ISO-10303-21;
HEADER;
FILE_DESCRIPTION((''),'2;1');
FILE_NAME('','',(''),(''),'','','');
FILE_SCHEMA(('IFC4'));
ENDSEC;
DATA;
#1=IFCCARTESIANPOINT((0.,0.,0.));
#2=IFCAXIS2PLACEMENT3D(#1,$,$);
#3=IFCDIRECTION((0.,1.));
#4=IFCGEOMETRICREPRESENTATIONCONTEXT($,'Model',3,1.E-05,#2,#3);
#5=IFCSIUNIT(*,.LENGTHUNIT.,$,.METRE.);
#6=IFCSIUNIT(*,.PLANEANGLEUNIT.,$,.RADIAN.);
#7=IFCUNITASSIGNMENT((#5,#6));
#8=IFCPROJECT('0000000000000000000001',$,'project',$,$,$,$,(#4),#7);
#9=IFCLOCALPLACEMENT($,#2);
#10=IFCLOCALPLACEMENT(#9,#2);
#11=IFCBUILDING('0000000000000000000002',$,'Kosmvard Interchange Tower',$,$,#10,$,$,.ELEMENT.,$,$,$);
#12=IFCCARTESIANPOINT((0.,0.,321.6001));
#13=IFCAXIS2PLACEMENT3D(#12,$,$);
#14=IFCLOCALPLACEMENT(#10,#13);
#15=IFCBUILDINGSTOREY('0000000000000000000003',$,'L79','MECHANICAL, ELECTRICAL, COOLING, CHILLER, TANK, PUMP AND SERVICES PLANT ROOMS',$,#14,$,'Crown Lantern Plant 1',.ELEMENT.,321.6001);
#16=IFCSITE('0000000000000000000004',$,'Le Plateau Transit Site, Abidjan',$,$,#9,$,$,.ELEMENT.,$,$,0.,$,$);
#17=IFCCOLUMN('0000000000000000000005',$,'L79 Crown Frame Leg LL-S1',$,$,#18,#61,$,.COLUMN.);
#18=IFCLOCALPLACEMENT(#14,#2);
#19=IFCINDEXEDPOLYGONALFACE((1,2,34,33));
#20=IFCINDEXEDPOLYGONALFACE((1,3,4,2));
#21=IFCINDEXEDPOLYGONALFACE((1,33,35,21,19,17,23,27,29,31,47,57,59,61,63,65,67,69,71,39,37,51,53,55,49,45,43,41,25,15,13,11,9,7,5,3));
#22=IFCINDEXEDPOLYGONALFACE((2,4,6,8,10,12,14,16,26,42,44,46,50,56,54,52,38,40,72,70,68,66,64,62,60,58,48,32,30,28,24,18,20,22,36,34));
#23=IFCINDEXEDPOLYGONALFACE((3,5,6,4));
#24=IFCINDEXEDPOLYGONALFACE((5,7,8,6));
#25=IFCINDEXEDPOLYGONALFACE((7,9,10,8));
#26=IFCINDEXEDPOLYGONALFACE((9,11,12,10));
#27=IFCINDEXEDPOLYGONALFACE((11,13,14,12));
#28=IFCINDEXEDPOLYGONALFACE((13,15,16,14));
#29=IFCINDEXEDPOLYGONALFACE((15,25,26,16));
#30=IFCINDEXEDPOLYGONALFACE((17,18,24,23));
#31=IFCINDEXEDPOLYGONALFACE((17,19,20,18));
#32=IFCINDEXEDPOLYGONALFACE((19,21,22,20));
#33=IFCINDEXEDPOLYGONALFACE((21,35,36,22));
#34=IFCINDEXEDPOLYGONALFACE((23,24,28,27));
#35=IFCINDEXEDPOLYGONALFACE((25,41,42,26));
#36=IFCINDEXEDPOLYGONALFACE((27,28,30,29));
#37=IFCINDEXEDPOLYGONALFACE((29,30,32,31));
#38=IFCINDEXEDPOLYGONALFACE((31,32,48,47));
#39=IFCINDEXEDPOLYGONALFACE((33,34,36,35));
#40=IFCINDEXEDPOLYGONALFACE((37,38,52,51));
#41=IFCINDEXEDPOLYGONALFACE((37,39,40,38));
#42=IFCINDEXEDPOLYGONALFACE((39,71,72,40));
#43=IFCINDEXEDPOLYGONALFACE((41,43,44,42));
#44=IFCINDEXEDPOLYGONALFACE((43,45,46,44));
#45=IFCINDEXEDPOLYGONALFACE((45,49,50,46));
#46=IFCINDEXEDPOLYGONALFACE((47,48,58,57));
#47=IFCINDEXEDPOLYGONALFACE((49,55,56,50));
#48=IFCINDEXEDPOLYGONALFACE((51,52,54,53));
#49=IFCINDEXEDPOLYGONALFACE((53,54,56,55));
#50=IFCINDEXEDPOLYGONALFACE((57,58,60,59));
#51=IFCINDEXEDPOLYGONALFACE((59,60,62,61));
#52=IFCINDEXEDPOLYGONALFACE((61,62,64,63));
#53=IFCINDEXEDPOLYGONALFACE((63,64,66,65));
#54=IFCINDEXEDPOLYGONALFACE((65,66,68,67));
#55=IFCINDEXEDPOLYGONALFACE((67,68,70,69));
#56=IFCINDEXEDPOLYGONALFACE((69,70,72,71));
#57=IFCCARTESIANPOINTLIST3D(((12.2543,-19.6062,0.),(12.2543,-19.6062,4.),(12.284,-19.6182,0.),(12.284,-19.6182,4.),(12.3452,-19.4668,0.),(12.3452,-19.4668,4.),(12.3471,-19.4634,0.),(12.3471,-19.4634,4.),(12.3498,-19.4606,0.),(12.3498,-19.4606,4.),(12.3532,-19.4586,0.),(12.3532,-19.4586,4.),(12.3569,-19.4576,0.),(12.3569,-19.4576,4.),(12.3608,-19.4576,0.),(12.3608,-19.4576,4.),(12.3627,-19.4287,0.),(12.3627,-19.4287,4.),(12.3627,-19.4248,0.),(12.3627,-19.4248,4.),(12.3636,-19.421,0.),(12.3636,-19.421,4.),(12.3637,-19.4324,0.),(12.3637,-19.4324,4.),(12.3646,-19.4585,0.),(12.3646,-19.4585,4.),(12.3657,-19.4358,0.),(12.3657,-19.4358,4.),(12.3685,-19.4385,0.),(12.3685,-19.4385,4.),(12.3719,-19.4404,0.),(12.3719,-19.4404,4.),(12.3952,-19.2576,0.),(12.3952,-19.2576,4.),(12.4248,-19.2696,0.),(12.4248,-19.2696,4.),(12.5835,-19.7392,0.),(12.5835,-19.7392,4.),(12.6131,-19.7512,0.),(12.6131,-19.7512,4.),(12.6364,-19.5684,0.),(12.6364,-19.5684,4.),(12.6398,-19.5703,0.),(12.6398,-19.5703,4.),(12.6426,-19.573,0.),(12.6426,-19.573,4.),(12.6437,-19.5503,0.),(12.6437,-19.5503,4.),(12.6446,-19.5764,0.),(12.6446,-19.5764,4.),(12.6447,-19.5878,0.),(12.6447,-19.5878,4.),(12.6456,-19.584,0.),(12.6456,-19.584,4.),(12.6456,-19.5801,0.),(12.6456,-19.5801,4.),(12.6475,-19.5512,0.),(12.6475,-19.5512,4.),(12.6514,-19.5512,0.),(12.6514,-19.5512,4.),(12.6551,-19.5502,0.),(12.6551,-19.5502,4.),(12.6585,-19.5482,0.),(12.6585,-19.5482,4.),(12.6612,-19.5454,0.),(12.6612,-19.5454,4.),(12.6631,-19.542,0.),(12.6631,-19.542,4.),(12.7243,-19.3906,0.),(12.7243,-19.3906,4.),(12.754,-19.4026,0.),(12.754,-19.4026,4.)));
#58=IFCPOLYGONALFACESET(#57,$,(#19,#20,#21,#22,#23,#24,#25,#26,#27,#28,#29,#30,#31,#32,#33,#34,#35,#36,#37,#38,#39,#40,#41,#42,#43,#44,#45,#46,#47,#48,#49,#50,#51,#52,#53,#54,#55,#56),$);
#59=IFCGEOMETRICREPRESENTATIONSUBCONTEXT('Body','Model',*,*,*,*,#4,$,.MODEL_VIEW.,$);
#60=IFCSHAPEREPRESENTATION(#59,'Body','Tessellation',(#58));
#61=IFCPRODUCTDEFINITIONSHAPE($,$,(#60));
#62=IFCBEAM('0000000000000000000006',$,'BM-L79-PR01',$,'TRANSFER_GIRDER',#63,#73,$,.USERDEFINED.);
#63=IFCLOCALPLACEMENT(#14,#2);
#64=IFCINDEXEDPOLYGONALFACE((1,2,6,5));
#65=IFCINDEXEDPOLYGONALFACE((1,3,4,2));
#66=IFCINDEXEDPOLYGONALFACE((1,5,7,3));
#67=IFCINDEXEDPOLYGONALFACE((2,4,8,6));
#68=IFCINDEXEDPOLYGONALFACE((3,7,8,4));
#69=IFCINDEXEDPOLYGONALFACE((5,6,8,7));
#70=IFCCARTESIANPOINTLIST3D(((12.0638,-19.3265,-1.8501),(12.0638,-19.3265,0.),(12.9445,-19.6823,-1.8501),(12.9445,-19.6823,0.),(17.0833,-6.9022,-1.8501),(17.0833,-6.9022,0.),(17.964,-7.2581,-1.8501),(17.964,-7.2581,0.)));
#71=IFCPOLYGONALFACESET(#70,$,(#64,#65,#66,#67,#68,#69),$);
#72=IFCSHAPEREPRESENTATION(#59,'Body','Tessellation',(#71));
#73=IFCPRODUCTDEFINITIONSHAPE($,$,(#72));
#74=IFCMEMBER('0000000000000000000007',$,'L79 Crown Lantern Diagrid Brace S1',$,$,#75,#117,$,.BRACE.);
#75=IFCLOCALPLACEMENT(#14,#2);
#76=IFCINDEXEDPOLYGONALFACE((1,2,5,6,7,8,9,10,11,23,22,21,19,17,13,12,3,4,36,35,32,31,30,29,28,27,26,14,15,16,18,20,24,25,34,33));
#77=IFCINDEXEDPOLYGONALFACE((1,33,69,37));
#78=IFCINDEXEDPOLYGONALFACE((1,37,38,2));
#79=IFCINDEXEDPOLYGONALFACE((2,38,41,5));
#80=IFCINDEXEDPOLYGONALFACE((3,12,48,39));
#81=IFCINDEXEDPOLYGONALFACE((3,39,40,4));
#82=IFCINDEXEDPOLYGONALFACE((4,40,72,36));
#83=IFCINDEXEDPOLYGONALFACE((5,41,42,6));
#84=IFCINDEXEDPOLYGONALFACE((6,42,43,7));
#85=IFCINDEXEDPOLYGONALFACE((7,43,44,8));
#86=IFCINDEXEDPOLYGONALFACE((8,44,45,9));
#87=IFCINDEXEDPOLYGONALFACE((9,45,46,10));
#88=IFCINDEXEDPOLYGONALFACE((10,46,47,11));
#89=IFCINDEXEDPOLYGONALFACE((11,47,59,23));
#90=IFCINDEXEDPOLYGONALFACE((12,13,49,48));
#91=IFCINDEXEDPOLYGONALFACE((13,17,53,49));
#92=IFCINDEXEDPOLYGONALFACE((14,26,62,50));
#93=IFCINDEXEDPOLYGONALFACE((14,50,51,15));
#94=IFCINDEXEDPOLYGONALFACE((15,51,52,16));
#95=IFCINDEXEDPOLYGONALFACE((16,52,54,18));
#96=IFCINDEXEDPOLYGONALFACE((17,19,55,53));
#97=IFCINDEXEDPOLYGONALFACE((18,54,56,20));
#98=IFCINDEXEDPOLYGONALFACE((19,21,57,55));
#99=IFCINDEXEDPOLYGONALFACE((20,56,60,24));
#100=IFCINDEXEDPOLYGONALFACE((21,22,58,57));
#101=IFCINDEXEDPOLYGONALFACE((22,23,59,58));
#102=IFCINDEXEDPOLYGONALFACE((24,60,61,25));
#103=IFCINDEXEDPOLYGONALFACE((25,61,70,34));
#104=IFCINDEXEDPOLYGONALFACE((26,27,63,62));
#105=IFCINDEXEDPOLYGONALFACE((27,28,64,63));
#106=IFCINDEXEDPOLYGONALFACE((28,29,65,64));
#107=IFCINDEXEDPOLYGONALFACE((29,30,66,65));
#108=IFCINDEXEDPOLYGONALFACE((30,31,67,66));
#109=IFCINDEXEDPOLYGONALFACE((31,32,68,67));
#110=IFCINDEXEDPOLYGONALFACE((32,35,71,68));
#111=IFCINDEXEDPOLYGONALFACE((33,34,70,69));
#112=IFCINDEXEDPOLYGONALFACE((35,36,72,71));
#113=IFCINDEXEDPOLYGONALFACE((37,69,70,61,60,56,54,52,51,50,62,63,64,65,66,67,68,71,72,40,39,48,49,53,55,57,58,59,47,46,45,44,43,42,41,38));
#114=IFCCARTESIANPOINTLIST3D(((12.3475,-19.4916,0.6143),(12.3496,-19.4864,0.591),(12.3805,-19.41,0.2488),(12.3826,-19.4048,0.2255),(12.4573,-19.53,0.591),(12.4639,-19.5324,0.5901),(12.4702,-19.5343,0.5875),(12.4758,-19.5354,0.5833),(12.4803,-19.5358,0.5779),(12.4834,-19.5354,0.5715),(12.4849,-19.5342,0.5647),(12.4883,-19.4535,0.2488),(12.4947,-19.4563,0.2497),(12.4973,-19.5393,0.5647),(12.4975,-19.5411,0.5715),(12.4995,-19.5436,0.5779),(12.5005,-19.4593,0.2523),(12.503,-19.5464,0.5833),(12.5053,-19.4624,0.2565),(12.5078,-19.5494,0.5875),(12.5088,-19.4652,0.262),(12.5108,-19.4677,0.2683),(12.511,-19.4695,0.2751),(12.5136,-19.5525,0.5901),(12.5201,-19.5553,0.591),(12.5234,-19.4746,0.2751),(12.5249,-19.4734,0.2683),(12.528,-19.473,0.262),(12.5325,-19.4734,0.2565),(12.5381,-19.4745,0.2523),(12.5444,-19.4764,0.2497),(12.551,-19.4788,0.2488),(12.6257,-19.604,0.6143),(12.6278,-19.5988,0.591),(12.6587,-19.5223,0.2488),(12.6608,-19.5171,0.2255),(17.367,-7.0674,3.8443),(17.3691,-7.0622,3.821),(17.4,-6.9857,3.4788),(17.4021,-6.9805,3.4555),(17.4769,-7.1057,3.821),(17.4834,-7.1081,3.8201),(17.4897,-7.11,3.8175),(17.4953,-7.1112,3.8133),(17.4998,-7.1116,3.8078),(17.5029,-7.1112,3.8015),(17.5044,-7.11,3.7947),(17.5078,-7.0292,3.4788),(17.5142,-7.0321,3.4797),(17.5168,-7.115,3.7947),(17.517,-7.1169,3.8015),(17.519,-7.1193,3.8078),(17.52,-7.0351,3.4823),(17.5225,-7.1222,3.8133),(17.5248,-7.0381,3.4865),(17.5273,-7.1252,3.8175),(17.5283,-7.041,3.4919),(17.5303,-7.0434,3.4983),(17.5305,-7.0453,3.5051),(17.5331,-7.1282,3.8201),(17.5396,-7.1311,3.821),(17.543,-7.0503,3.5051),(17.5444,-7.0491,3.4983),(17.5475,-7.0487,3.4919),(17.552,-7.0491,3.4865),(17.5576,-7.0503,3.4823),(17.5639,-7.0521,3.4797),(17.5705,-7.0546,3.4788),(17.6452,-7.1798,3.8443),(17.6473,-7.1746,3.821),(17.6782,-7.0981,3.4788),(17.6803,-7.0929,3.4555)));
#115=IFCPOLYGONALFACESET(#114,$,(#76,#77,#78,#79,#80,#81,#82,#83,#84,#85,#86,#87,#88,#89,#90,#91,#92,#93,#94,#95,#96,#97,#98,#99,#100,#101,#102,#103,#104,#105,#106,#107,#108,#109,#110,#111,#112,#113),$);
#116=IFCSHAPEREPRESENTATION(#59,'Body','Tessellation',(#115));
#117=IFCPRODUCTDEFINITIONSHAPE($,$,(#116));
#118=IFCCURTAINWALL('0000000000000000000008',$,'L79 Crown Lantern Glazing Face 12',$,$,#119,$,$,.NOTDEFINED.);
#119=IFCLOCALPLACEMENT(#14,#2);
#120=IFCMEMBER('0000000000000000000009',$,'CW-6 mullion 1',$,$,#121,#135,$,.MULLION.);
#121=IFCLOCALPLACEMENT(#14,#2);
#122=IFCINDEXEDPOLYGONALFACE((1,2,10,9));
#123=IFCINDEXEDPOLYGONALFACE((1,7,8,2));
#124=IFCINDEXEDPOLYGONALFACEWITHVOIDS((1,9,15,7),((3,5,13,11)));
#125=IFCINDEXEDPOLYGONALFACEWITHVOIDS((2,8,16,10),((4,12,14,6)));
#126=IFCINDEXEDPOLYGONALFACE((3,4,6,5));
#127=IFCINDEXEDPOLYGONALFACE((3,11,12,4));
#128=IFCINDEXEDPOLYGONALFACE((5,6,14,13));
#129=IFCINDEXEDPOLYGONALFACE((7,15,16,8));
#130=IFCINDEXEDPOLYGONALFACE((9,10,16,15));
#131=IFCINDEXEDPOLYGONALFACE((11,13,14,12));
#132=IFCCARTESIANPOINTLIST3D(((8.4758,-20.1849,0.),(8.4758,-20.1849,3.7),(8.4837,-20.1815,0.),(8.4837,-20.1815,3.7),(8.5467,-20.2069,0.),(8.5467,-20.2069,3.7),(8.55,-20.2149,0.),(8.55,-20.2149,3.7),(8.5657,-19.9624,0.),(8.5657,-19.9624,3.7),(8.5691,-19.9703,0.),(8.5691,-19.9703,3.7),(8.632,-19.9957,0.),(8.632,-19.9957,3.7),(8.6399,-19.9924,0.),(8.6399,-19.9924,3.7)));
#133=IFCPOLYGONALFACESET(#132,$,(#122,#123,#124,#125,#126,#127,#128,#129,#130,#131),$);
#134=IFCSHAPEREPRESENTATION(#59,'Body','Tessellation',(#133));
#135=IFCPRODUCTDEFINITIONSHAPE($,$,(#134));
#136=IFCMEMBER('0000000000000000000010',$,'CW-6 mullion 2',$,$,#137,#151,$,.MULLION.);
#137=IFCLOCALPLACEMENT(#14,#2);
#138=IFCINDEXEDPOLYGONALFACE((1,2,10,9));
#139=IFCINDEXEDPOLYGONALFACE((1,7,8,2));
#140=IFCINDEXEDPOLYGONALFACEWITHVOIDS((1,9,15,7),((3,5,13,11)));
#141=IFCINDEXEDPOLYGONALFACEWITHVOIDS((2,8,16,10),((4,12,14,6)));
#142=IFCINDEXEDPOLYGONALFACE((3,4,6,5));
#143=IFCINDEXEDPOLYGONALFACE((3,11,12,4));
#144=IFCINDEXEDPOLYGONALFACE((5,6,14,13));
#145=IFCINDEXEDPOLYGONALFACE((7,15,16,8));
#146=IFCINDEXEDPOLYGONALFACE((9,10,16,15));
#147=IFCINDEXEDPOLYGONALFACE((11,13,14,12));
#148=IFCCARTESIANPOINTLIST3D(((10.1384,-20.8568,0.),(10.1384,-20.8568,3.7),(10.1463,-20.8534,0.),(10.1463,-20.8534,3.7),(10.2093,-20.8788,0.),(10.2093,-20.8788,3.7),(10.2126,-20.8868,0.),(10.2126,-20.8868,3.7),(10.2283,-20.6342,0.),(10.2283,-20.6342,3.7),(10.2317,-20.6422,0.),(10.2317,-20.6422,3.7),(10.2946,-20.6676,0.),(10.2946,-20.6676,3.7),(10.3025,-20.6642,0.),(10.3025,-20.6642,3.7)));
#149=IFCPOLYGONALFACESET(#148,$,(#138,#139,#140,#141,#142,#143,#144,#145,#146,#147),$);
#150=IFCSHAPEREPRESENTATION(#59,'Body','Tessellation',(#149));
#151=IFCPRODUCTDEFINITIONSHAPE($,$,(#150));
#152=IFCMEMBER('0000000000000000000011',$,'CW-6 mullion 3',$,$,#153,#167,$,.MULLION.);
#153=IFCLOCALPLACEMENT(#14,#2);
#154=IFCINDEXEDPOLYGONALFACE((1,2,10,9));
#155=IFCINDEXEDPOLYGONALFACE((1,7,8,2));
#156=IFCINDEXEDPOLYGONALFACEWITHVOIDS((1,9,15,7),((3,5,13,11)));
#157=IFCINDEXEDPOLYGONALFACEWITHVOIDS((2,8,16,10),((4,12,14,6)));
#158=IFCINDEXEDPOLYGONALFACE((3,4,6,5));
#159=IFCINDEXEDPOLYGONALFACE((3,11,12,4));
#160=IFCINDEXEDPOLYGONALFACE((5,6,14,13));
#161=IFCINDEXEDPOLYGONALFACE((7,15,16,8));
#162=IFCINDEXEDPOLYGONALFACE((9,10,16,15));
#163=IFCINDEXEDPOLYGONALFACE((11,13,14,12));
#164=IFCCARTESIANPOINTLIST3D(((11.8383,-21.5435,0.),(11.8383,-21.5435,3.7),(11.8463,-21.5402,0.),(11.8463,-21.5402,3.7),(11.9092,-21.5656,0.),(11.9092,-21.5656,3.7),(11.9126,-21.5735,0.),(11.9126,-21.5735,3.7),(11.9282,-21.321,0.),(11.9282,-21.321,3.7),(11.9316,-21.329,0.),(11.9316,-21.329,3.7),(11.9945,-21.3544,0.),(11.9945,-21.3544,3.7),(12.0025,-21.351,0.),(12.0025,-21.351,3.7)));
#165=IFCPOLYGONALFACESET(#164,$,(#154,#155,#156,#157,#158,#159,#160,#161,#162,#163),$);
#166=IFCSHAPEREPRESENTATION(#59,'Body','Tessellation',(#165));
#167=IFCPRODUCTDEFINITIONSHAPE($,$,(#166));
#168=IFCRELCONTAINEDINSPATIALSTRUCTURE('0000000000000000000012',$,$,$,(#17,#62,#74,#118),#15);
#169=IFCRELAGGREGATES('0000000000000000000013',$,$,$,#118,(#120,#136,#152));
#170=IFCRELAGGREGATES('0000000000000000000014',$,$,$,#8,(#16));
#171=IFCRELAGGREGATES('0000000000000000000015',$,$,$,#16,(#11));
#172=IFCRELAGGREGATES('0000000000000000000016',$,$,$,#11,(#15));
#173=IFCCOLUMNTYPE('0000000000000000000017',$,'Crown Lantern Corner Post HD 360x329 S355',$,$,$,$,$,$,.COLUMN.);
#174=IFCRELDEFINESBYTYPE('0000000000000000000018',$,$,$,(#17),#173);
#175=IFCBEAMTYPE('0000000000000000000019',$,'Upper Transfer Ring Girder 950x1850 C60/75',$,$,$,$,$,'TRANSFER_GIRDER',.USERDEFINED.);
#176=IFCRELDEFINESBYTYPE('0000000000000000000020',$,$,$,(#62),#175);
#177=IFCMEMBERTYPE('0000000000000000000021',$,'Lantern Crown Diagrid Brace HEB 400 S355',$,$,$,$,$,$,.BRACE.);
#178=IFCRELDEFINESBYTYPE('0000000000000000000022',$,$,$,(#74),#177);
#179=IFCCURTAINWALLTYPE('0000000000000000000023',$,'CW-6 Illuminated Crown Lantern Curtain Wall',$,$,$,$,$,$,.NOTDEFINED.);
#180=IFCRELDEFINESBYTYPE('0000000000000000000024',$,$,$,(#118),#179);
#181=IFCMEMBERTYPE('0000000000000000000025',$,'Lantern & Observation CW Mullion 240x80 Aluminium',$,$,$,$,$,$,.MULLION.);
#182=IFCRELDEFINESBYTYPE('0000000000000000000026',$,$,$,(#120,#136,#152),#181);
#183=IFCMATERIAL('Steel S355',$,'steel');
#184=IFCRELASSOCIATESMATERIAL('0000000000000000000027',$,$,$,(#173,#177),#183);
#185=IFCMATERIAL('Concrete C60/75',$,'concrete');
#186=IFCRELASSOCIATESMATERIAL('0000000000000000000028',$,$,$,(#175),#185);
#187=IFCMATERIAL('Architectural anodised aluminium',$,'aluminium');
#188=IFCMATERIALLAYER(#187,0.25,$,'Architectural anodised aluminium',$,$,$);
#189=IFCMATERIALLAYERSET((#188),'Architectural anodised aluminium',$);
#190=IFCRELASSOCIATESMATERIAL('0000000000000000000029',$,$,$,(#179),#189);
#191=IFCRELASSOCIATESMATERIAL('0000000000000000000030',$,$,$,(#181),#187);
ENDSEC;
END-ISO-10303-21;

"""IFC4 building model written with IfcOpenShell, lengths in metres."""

from ifc_helpers import new_model, si_unit, direction, frame, origin, origin_2d, place, context, subcontext, project, spatial, rectangle, hollow_rectangle, i_section, extrude, source, transform, mapped, material, layer, layer_set, material_profile, profile_set, type_object, element, aggregate, save


model = new_model("IFC4")

# Units and contexts
model_context = context("Model", 3, precision=1e-05, world=origin(), true_north=direction((0.0, 1.0)))
body_context = subcontext(model_context, "Body", "Model", "MODEL_VIEW")
ifc_project = project(units=[si_unit("LENGTHUNIT", "METRE"), si_unit("PLANEANGLEUNIT", "RADIAN")], contexts=[model_context])

# Site, building, storey
site_placement = place(None, origin())
site = spatial("IfcSite", under=ifc_project, at=site_placement, Name="Le Plateau Transit Site, Abidjan", CompositionType="ELEMENT", RefElevation=0.0)
building_placement = place(site_placement, origin())
building = spatial("IfcBuilding", under=site, at=building_placement, Name="Kosmvard Interchange Tower", CompositionType="ELEMENT")
storey_placement = place(building_placement, frame((0.0, 0.0, 321.6001)))
storey = spatial("IfcBuildingStorey", under=building, at=storey_placement, Name="L79", Description="MECHANICAL, ELECTRICAL, COOLING, CHILLER, TANK, PUMP AND SERVICES PLANT ROOMS", LongName="Crown Lantern Plant 1", CompositionType="ELEMENT", Elevation=321.6001)

# Column
ifc_material_1 = material(Name="Steel S355", Category="steel")
ifc_material_profile_1 = material_profile(ifc_material_1, i_section(OverallWidth=0.376, OverallDepth=0.387, WebThickness=0.0195, FlangeThickness=0.032, FilletRadius=0.0149, at=origin_2d()), Name="HD 360x329")
ifc_profile_set_1 = profile_set([ifc_material_profile_1], Name="Steel S355")
column_type = type_object("IfcColumnType", Name="Crown Lantern Corner Post HD 360x329 S355", PredefinedType="COLUMN", material=ifc_profile_set_1)
shared_shape_1 = source(origin(), body_context, "Body", "SweptSolid", [
    extrude(i_section(OverallWidth=0.376, OverallDepth=0.387, WebThickness=0.0195, FlangeThickness=0.032, FilletRadius=0.0149, at=origin_2d()), origin(), (0.0, 0.0, 1.0), 4.0),
])
column_placement = place(storey_placement, frame((12.5042, -19.5044, 0.0), z_axis=(0.0, 0.0, 1.0), x_axis=(0.374607, 0.927184, 0.0)))
element("IfcColumn", 1, at=column_placement, inside=storey, type_object=column_type, Name="L79 Crown Frame Leg LL-S1", PredefinedType="COLUMN", context=body_context, shape_type="MappedRepresentation", body=[
    mapped(shared_shape_1, transform((0.0, 0.0, 0.0), scale=1.0)),
])

# Beam
ifc_material_2 = material(Name="Concrete C60/75", Category="concrete")
ifc_material_profile_2 = material_profile(ifc_material_2, rectangle(XDim=0.95, YDim=1.8501, at=origin_2d()), Name="TG 950x1850")
ifc_profile_set_2 = profile_set([ifc_material_profile_2], Name="Concrete C60/75")
beam_type = type_object("IfcBeamType", Name="Upper Transfer Ring Girder 950x1850 C60/75", ElementType="TRANSFER_GIRDER", PredefinedType="USERDEFINED", material=ifc_profile_set_2)
shared_shape_2 = source(origin(), body_context, "Body", "SweptSolid", [
    extrude(rectangle(XDim=0.95, YDim=1.8501, at=origin_2d()), origin(), (0.0, 0.0, 1.0), 13.3999),
])
beam_placement = place(storey_placement, frame((12.5042, -19.5044, -0.925), z_axis=(0.374593, 0.92719, 0.0), x_axis=(-0.92719, 0.374593, 0.0)))
element("IfcBeam", 2, at=beam_placement, inside=storey, type_object=beam_type, Name="BM-L79-PR01", ObjectType="TRANSFER_GIRDER", PredefinedType="USERDEFINED", context=body_context, shape_type="MappedRepresentation", body=[
    mapped(shared_shape_2, transform((0.0, 0.0, 0.0), scale=1.0)),
])

# Member
ifc_material_profile_3 = material_profile(ifc_material_1, i_section(OverallWidth=0.3, OverallDepth=0.3999, WebThickness=0.0134, FlangeThickness=0.0239, FilletRadius=0.0271, at=origin_2d()), Name="HEB 400")
ifc_profile_set_3 = profile_set([ifc_material_profile_3], Name="Steel S355")
member_type_1 = type_object("IfcMemberType", Name="Lantern Crown Diagrid Brace HEB 400 S355", PredefinedType="BRACE", material=ifc_profile_set_3)
shared_shape_3 = source(origin(), body_context, "Body", "SweptSolid", [
    extrude(i_section(OverallWidth=0.3, OverallDepth=0.3999, WebThickness=0.0134, FlangeThickness=0.0239, FilletRadius=0.0271, at=origin_2d()), origin(), (0.0, 0.0, 1.0), 13.7837),
])
member_1_placement = place(storey_placement, frame((12.5042, -19.5044, 0.4199), z_axis=(0.364163, 0.901373, 0.234332), x_axis=(-0.92719, 0.374593, 0.0)))
element("IfcMember", 3, at=member_1_placement, inside=storey, type_object=member_type_1, Name="L79 Crown Lantern Diagrid Brace S1", PredefinedType="BRACE", context=body_context, shape_type="MappedRepresentation", body=[
    mapped(shared_shape_3, transform((0.0, 0.0, 0.0), scale=1.0)),
])

# Curtain wall, members
ifc_material_3 = material(Name="Architectural anodised aluminium", Category="aluminium")
ifc_layer_1 = layer(ifc_material_3, 0.25, Name="Architectural anodised aluminium")
ifc_layer_set_1 = layer_set([ifc_layer_1], Name="Architectural anodised aluminium")
curtain_wall_type = type_object("IfcCurtainWallType", Name="CW-6 Illuminated Crown Lantern Curtain Wall", PredefinedType="NOTDEFINED", material=ifc_layer_set_1)
curtain_wall_placement = place(storey_placement, origin())
curtain_wall = element("IfcCurtainWall", 4, at=curtain_wall_placement, inside=storey, type_object=curtain_wall_type, Name="L79 Crown Lantern Glazing Face 12", PredefinedType="NOTDEFINED")
ifc_material_profile_4 = material_profile(ifc_material_3, hollow_rectangle(XDim=0.24, YDim=0.0801, WallThickness=0.0061, at=origin_2d()), Name="CWM 240x80x6")
ifc_profile_set_4 = profile_set([ifc_material_profile_4], Name="Architectural anodised aluminium")
member_type_2 = type_object("IfcMemberType", Name="Lantern & Observation CW Mullion 240x80 Aluminium", PredefinedType="MULLION", material=ifc_profile_set_4)
shared_shape_4 = source(origin(), body_context, "Body", "SweptSolid", [
    extrude(hollow_rectangle(XDim=0.24, YDim=0.0801, WallThickness=0.0061, at=origin_2d()), origin(), (0.0, 0.0, 1.0), 3.7),
])
member_2_placement = place(storey_placement, frame((8.5579, -20.0886, 0.0), z_axis=(0.0, 0.0, 1.0), x_axis=(0.374607, 0.927184, 0.0)))
member_2 = element("IfcMember", 5, at=member_2_placement, type_object=member_type_2, Name="CW-6 mullion 1", PredefinedType="MULLION", context=body_context, shape_type="MappedRepresentation", body=[
    mapped(shared_shape_4, transform((0.0, 0.0, 0.0), scale=1.0)),
])
member_3_placement = place(storey_placement, frame((10.2205, -20.7605, 0.0), z_axis=(0.0, 0.0, 1.0), x_axis=(0.374607, 0.927184, 0.0)))
member_3 = element("IfcMember", 6, at=member_3_placement, type_object=member_type_2, Name="CW-6 mullion 2", PredefinedType="MULLION", context=body_context, shape_type="MappedRepresentation", body=[
    mapped(shared_shape_4, transform((0.0, 0.0, 0.0), scale=1.0)),
])
member_4_placement = place(storey_placement, frame((11.9204, -21.4473, 0.0), z_axis=(0.0, 0.0, 1.0), x_axis=(0.374607, 0.927184, 0.0)))
member_4 = element("IfcMember", 7, at=member_4_placement, type_object=member_type_2, Name="CW-6 mullion 3", PredefinedType="MULLION", context=body_context, shape_type="MappedRepresentation", body=[
    mapped(shared_shape_4, transform((0.0, 0.0, 0.0), scale=1.0)),
])

aggregate(curtain_wall, [member_2, member_3, member_4])

save(model, "model.ifc")
